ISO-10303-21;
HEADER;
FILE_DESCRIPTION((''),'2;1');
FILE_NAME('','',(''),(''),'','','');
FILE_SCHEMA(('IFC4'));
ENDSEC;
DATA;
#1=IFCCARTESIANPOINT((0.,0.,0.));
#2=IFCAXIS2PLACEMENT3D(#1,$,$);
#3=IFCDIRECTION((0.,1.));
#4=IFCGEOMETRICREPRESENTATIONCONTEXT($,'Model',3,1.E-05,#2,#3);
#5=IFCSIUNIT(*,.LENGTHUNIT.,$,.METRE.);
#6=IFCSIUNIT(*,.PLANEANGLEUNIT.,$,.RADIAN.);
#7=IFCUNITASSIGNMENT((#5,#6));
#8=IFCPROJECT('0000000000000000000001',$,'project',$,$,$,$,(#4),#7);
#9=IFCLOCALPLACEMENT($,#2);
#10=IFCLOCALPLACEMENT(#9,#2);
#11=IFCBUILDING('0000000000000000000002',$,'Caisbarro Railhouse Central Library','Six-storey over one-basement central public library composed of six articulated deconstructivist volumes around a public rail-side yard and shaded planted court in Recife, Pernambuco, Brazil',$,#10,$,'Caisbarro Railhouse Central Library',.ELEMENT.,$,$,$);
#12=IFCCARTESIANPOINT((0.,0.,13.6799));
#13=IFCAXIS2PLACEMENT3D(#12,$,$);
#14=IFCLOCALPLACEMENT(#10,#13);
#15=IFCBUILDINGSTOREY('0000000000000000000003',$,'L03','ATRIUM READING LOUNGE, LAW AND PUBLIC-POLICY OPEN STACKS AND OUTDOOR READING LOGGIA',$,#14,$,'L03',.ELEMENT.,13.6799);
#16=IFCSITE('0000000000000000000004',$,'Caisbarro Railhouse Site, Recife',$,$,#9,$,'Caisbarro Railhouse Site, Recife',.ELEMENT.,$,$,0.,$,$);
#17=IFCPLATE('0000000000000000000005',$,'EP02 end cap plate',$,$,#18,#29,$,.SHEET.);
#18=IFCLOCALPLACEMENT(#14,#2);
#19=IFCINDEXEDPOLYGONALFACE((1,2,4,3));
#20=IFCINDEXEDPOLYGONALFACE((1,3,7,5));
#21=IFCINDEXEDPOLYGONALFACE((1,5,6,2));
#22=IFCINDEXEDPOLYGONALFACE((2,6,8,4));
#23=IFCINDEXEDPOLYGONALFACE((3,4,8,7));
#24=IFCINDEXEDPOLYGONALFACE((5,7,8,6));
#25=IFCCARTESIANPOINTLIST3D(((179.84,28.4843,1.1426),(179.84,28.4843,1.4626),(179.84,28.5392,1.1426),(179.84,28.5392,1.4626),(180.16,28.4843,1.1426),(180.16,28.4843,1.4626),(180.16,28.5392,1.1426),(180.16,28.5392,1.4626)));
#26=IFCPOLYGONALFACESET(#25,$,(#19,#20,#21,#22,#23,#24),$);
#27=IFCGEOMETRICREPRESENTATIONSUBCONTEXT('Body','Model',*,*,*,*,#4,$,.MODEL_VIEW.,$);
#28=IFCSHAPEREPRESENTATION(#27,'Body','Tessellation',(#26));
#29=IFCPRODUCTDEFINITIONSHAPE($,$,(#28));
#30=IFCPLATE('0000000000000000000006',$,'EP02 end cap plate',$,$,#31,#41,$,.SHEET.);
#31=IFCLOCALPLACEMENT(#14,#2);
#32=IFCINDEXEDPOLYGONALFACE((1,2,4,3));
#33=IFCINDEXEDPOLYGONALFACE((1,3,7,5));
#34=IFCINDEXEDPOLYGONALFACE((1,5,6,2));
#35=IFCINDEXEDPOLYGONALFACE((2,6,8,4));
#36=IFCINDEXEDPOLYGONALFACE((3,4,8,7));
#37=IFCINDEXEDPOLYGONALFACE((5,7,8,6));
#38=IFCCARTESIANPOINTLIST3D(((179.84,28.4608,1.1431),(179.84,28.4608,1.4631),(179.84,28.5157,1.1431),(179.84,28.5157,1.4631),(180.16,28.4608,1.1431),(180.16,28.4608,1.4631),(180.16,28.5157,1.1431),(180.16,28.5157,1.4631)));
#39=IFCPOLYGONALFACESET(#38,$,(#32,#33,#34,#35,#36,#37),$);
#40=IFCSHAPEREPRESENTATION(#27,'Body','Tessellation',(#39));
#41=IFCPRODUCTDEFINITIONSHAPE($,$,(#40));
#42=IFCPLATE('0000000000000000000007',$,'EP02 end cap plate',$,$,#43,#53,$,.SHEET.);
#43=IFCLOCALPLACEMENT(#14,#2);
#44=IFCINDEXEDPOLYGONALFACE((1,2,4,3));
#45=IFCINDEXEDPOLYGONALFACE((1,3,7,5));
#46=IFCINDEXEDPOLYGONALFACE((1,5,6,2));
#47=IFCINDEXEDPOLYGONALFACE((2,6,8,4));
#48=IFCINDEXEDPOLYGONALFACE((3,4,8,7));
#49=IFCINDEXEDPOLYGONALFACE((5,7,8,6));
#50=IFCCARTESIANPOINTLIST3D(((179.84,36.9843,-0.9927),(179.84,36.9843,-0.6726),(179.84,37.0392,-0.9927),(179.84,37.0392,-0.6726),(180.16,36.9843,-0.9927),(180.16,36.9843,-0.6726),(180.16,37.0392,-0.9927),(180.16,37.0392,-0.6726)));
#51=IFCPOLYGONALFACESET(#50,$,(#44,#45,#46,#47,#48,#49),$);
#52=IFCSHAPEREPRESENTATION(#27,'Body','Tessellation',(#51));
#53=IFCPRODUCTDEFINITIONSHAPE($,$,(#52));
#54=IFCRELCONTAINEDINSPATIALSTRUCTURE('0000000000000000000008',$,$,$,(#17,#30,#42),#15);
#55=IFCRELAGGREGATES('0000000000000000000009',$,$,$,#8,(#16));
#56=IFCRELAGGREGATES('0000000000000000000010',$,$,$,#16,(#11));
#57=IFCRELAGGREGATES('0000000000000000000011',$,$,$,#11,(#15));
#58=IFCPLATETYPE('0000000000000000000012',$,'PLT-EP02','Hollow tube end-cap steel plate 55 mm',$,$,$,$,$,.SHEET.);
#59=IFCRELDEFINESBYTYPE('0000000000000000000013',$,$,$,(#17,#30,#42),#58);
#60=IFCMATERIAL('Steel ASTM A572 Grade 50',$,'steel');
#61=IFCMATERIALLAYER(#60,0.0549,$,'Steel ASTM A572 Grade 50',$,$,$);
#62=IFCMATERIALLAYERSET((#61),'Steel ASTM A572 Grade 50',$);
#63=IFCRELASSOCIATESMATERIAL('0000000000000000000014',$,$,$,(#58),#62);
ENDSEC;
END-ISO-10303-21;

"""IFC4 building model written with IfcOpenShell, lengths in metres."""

from ifc_helpers import new_model, si_unit, direction, frame, origin, origin_2d, place, context, subcontext, project, spatial, rectangle, extrude, material, layer, layer_set, type_object, element, save


model = new_model("IFC4")

# Units and contexts
model_context = context("Model", 3, precision=1e-05, world=origin(), true_north=direction((0.0, 1.0)))
body_context = subcontext(model_context, "Body", "Model", "MODEL_VIEW")
ifc_project = project(units=[si_unit("LENGTHUNIT", "METRE"), si_unit("PLANEANGLEUNIT", "RADIAN")], contexts=[model_context])

# Site, building, storey
site_placement = place(None, origin())
site = spatial("IfcSite", under=ifc_project, at=site_placement, Name="Caisbarro Railhouse Site, Recife", LongName="Caisbarro Railhouse Site, Recife", CompositionType="ELEMENT", RefElevation=0.0)
building_placement = place(site_placement, origin())
building = spatial("IfcBuilding", under=site, at=building_placement, Name="Caisbarro Railhouse Central Library", Description="Six-storey over one-basement central public library composed of six articulated deconstructivist volumes around a public rail-side yard and shaded planted court in Recife, Pernambuco, Brazil", LongName="Caisbarro Railhouse Central Library", CompositionType="ELEMENT")
storey_placement = place(building_placement, frame((0.0, 0.0, 13.6799)))
storey = spatial("IfcBuildingStorey", under=building, at=storey_placement, Name="L03", Description="ATRIUM READING LOUNGE, LAW AND PUBLIC-POLICY OPEN STACKS AND OUTDOOR READING LOGGIA", LongName="L03", CompositionType="ELEMENT", Elevation=13.6799)

# Shared definitions
ifc_material_1 = material(Name="Steel ASTM A572 Grade 50", Category="steel")

# Plates
ifc_layer_1 = layer(ifc_material_1, 0.0549, Name="Steel ASTM A572 Grade 50")
ifc_layer_set_1 = layer_set([ifc_layer_1], Name="Steel ASTM A572 Grade 50")
plate_type_1 = type_object("IfcPlateType", Name="PLT-EP02", Description="Hollow tube end-cap steel plate 55 mm", PredefinedType="SHEET", material=ifc_layer_set_1)
for number, where, z_axis, x_axis, name in (
    (1, (180.0, 28.5117, 1.1426), (0.0, 0.0, 1.0), (0.0, 1.0, 0.0), "EP02 end cap plate"),
    (2, (180.0, 28.4883, 1.1431), (0.0, 0.0, 1.0), (0.0, 1.0, 0.0), "EP02 end cap plate"),
    (3, (180.0, 37.0117, -0.9927), (0.0, 0.0, 1.0), (0.0, 1.0, 0.0), "EP02 end cap plate"),
):
    element("IfcPlate", number, at=place(storey_placement, frame(where, z_axis=z_axis, x_axis=x_axis)), inside=storey, type_object=plate_type_1, Name=name, PredefinedType="SHEET", context=body_context, shape_type="SweptSolid", body=[
        extrude(rectangle(XDim=0.0549, YDim=0.3201, at=origin_2d()), origin(), (0.0, 0.0, 1.0), 0.3201),
    ])

save(model, "model.ifc")
